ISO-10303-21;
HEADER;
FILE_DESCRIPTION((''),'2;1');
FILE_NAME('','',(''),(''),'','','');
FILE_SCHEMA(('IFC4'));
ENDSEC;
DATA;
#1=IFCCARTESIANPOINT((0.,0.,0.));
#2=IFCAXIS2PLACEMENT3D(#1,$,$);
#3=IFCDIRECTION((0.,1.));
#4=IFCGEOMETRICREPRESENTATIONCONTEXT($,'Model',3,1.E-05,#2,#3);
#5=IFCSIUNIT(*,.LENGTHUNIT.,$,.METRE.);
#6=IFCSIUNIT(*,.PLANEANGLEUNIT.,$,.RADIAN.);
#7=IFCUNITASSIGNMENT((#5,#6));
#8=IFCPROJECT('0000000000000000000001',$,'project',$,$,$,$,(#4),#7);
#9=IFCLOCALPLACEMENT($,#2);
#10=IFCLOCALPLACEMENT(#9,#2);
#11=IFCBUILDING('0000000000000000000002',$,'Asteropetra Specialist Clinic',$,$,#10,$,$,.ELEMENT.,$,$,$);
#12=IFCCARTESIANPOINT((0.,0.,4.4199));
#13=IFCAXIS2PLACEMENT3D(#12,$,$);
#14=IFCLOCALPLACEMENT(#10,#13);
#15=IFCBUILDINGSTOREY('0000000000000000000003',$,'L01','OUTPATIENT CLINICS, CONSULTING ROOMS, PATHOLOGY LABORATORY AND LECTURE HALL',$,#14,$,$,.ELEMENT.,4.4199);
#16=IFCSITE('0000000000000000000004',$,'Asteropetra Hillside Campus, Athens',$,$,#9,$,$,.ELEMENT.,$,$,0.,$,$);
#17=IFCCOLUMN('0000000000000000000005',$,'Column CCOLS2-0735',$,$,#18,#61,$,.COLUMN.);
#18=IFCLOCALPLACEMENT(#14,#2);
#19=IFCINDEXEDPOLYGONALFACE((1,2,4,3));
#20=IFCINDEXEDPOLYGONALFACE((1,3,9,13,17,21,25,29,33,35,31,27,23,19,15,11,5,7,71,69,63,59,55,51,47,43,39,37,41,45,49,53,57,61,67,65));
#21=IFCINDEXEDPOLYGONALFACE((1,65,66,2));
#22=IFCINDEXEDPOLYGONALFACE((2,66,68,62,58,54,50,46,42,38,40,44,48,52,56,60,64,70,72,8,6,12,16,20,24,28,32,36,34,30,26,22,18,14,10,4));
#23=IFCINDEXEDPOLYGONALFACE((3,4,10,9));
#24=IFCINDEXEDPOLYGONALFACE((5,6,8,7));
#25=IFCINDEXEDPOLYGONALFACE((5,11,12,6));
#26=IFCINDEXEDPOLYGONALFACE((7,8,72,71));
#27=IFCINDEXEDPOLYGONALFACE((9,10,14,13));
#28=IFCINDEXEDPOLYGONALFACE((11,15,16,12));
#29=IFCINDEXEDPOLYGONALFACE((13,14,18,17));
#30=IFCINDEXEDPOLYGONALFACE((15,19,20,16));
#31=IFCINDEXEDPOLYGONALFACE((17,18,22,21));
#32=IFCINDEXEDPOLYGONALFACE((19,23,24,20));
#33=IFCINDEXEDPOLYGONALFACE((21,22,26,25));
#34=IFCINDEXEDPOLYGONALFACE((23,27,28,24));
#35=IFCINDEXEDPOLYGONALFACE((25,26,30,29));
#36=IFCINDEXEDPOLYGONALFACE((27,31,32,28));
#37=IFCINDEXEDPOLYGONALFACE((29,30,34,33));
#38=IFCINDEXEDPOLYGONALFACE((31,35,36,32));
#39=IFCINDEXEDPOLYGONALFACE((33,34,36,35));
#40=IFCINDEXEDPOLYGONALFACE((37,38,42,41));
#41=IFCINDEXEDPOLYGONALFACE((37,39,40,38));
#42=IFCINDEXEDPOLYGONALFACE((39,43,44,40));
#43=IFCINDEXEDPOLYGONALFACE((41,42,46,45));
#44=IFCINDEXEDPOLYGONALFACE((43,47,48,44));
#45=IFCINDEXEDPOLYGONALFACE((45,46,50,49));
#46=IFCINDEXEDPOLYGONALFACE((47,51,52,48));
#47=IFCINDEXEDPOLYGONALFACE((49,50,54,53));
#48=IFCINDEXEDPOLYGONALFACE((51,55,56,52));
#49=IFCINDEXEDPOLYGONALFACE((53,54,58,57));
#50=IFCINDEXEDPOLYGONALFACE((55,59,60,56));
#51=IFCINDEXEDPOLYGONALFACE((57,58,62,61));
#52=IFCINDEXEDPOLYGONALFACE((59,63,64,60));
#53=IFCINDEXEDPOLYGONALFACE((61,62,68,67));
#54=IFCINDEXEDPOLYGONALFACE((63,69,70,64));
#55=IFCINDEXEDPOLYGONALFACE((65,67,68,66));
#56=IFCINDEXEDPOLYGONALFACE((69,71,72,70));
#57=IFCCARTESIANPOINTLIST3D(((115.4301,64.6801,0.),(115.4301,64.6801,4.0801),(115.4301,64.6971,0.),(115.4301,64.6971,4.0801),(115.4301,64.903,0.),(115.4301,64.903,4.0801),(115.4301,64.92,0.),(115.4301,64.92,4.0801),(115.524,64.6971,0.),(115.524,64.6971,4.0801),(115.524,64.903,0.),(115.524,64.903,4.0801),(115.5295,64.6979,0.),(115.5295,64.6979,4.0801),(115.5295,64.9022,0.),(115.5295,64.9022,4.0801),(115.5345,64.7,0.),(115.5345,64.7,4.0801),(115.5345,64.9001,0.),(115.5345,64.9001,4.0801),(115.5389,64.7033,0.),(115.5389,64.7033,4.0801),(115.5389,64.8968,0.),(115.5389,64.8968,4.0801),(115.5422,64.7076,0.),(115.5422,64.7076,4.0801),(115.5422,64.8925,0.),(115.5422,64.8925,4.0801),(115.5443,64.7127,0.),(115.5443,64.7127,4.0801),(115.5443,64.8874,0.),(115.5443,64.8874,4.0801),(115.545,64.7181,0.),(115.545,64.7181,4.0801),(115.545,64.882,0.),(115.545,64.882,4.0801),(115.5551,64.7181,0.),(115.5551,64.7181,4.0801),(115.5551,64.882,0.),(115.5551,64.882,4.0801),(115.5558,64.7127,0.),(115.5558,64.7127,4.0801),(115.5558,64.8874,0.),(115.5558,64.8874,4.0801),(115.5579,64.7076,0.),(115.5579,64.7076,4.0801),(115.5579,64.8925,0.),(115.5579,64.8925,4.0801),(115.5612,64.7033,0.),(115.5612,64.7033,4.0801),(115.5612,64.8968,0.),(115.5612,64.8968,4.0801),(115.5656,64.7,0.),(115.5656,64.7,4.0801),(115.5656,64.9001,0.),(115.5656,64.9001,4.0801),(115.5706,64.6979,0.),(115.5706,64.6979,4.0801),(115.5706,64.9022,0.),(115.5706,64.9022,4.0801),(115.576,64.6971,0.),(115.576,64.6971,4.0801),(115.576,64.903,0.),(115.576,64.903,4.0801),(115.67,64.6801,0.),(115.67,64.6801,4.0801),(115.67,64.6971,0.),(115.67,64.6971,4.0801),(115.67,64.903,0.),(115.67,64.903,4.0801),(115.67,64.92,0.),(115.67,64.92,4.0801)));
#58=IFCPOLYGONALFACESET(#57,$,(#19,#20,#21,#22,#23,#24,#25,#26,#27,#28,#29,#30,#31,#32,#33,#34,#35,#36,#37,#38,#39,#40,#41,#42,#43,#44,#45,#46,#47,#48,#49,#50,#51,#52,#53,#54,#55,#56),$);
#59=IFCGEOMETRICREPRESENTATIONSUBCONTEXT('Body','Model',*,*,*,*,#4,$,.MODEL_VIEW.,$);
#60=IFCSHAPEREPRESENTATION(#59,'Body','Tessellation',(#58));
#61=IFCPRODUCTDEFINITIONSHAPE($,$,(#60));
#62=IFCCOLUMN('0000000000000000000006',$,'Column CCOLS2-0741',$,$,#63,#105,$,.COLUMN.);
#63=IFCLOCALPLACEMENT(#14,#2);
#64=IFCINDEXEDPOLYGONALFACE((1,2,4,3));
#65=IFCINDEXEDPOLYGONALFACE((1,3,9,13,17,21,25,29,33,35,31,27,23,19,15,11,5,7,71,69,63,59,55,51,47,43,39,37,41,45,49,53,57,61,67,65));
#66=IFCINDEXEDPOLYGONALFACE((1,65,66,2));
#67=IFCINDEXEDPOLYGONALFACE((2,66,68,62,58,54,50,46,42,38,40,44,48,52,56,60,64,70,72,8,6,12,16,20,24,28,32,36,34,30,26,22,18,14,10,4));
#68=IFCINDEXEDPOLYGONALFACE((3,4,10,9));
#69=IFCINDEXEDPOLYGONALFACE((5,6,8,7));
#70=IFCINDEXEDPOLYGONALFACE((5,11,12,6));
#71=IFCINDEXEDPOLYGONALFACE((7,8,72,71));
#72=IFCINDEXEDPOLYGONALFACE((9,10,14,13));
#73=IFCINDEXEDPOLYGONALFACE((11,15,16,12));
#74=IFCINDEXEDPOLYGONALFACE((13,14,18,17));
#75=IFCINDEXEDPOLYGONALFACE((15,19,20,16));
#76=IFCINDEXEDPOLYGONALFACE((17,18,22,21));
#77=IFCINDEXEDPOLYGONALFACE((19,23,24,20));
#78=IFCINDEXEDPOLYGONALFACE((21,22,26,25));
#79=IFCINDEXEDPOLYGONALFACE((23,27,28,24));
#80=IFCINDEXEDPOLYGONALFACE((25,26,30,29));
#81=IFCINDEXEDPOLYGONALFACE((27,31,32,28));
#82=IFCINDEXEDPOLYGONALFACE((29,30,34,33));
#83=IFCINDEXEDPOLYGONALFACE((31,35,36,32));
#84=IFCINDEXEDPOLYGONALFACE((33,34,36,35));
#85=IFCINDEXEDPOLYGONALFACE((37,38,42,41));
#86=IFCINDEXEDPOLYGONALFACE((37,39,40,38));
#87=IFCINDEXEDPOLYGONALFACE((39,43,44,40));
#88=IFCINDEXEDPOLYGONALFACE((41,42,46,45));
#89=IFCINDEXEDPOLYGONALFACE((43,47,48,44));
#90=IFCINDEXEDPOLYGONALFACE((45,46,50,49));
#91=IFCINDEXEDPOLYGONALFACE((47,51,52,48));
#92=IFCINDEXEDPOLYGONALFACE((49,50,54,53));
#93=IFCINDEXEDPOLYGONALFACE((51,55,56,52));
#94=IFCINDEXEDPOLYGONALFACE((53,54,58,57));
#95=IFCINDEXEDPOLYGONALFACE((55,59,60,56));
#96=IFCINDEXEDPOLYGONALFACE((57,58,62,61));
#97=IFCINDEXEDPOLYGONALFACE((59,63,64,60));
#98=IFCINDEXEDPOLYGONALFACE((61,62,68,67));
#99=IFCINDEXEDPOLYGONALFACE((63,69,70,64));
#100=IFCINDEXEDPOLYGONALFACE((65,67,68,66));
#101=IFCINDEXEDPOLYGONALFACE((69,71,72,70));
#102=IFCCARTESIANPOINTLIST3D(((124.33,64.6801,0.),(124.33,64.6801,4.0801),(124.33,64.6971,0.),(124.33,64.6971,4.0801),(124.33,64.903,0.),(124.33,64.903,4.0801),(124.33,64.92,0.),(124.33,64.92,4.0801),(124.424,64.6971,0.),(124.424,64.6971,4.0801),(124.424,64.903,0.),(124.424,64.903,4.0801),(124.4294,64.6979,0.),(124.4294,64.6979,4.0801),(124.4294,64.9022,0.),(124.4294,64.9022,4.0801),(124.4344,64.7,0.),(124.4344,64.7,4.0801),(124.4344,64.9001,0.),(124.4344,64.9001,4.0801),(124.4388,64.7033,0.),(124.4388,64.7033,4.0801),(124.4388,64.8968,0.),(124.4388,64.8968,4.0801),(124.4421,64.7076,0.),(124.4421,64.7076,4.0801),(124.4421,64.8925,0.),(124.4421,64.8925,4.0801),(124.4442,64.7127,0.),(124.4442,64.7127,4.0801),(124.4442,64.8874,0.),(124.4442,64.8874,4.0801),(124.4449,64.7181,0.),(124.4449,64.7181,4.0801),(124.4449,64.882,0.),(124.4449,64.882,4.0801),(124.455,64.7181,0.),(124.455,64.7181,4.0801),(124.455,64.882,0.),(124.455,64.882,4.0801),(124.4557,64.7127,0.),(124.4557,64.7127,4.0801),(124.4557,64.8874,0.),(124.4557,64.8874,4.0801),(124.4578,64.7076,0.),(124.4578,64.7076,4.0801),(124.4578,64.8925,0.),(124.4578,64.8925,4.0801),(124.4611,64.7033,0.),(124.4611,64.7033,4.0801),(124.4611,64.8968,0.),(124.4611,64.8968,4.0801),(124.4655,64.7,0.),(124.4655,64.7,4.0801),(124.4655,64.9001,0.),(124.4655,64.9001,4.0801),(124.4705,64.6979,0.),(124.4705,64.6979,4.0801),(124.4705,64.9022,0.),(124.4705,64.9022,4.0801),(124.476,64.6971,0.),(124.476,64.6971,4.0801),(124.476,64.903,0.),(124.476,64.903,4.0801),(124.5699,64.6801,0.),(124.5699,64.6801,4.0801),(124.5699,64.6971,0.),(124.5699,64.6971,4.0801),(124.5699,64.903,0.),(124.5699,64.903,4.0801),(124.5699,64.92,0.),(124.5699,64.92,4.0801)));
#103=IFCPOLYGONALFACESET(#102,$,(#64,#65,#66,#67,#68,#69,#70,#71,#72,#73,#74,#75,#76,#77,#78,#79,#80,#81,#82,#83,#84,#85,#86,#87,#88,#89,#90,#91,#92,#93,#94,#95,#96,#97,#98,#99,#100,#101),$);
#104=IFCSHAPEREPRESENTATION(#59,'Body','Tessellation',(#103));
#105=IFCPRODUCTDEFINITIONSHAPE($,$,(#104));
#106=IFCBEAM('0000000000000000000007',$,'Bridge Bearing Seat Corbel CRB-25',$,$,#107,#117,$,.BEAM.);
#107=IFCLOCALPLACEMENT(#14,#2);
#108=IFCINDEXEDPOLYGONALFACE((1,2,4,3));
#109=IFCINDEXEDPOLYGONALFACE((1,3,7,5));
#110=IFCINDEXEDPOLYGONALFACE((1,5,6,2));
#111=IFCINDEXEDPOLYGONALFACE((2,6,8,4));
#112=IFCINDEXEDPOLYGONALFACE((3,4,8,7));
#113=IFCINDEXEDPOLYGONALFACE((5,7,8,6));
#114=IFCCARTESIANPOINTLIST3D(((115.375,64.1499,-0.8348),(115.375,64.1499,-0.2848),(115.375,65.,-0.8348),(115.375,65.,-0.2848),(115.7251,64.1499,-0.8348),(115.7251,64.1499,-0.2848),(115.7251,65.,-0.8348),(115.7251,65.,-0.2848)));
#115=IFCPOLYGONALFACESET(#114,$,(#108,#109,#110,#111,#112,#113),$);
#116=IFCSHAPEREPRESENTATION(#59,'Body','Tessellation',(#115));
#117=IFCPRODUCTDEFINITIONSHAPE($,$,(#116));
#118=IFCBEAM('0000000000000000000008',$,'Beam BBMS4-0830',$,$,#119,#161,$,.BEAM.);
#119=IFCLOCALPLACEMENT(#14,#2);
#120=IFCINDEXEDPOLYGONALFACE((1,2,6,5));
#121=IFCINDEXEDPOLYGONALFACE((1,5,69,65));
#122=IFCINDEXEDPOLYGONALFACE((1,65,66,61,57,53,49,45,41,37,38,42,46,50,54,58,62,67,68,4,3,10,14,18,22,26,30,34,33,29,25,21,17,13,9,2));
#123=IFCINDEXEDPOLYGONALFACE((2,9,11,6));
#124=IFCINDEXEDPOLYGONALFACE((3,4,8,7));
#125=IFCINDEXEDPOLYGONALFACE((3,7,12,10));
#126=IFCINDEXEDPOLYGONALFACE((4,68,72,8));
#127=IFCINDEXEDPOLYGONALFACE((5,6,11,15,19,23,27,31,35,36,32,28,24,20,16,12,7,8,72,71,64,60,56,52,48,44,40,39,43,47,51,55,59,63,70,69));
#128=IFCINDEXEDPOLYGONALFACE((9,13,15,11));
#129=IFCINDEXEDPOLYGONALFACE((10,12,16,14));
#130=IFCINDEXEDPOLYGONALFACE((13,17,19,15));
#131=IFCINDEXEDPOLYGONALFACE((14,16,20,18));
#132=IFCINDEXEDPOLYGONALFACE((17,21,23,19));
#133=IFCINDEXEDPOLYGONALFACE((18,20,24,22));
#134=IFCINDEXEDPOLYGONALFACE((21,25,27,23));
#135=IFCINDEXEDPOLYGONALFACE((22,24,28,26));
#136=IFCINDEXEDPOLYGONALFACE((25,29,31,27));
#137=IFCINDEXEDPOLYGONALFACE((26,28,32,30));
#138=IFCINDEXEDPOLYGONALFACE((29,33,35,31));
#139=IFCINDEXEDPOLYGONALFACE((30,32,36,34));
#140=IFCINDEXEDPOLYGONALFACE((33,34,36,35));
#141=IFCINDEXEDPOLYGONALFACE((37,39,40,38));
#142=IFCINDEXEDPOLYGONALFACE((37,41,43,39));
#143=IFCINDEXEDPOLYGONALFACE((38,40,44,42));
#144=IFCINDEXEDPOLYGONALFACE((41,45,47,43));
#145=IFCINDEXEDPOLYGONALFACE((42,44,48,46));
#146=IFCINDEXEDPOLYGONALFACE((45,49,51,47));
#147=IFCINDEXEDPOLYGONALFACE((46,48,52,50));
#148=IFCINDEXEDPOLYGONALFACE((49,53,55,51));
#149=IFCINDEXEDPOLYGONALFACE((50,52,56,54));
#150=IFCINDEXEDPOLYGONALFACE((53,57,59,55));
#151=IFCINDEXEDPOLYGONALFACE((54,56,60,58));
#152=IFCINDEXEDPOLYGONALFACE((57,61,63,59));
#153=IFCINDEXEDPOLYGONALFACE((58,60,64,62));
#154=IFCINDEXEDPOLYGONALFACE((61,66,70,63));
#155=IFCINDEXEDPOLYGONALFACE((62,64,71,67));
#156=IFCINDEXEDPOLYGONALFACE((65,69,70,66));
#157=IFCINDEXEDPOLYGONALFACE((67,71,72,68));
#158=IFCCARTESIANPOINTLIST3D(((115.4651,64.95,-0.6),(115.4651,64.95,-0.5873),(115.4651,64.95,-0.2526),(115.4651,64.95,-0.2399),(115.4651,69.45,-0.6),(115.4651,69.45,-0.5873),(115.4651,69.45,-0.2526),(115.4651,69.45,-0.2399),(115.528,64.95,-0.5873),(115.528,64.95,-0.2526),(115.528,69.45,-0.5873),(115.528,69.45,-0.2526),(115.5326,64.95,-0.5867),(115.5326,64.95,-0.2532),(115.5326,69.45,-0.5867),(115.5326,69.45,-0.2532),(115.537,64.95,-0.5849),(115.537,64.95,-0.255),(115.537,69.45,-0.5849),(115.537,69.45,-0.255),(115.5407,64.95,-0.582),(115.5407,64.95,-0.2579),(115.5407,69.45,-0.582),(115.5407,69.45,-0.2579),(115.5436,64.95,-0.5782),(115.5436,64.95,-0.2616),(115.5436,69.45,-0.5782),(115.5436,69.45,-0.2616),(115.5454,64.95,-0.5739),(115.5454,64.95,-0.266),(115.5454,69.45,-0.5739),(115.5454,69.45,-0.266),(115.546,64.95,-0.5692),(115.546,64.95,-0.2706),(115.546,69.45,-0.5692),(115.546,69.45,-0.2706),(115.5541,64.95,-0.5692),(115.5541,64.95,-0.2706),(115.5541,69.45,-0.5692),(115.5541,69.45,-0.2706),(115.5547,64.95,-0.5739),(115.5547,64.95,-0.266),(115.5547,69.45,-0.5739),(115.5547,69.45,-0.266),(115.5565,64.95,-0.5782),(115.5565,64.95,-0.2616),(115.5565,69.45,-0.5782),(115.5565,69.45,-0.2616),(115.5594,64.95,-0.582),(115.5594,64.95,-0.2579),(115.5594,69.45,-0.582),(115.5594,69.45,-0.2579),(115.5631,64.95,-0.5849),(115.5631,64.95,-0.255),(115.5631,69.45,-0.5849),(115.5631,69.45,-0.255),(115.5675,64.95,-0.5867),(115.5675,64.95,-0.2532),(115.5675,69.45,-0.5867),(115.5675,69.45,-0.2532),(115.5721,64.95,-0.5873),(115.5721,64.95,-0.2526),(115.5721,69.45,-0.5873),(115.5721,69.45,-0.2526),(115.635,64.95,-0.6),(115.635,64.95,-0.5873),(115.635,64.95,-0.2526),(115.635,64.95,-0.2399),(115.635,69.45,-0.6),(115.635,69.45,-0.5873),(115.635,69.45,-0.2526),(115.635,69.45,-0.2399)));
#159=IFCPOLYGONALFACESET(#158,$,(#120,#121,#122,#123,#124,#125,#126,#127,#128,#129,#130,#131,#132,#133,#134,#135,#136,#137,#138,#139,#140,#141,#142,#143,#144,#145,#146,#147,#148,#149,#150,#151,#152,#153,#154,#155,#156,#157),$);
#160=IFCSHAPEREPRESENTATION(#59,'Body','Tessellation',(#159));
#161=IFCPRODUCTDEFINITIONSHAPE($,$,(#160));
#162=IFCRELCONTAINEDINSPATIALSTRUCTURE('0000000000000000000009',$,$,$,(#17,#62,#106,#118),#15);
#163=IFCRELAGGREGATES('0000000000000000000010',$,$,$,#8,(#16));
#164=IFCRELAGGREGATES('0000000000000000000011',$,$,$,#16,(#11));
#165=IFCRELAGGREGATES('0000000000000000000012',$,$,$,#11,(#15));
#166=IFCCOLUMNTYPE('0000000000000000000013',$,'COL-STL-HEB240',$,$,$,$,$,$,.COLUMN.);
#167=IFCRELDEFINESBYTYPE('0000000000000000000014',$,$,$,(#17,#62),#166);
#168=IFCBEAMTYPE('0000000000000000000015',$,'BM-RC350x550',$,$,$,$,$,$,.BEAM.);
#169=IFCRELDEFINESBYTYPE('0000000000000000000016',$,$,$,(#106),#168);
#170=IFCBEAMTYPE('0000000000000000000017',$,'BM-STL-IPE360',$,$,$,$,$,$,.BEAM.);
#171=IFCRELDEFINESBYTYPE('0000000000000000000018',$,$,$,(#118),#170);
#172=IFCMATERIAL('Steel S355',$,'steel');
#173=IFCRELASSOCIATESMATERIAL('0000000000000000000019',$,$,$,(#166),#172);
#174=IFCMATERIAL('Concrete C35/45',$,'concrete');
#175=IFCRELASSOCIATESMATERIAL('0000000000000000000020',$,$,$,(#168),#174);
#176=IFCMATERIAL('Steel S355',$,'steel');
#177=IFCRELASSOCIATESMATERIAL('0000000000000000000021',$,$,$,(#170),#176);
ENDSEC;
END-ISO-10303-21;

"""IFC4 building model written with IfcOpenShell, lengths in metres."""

from ifc_helpers import new_model, si_unit, direction, frame, origin, origin_2d, place, context, subcontext, project, spatial, rectangle, i_section, extrude, material, material_profile, profile_set, type_object, element, save


model = new_model("IFC4")

# Units and contexts
model_context = context("Model", 3, precision=1e-05, world=origin(), true_north=direction((0.0, 1.0)))
body_context = subcontext(model_context, "Body", "Model", "MODEL_VIEW")
ifc_project = project(units=[si_unit("LENGTHUNIT", "METRE"), si_unit("PLANEANGLEUNIT", "RADIAN")], contexts=[model_context])

# Site, building, storey
site_placement = place(None, origin())
site = spatial("IfcSite", under=ifc_project, at=site_placement, Name="Asteropetra Hillside Campus, Athens", CompositionType="ELEMENT", RefElevation=0.0)
building_placement = place(site_placement, origin())
building = spatial("IfcBuilding", under=site, at=building_placement, Name="Asteropetra Specialist Clinic", CompositionType="ELEMENT")
storey_placement = place(building_placement, frame((0.0, 0.0, 4.4199)))
storey = spatial("IfcBuildingStorey", under=building, at=storey_placement, Name="L01", Description="OUTPATIENT CLINICS, CONSULTING ROOMS, PATHOLOGY LABORATORY AND LECTURE HALL", CompositionType="ELEMENT", Elevation=4.4199)

# Columns
ifc_material_1 = material(Name="Steel S355", Category="steel")
ifc_material_profile_1 = material_profile(ifc_material_1, i_section(OverallWidth=0.24, OverallDepth=0.24, WebThickness=0.01, FlangeThickness=0.0171, FilletRadius=0.021, at=origin_2d()), Name="HEB 240")
ifc_profile_set_1 = profile_set([ifc_material_profile_1], Name="Steel S355")
column_type = type_object("IfcColumnType", Name="COL-STL-HEB240", PredefinedType="COLUMN", material=ifc_profile_set_1)
for number, where, z_axis, x_axis, name in (
    (1, (115.55, 64.8, 0.0), (0.0, 0.0, 1.0), (1.0, 0.0, 0.0), "Column CCOLS2-0735"),
    (2, (124.45, 64.8, 0.0), (0.0, 0.0, 1.0), (1.0, 0.0, 0.0), "Column CCOLS2-0741"),
):
    element("IfcColumn", number, at=place(storey_placement, frame(where, z_axis=z_axis, x_axis=x_axis)), inside=storey, type_object=column_type, Name=name, PredefinedType="COLUMN", context=body_context, shape_type="SweptSolid", body=[
        extrude(i_section(OverallWidth=0.24, OverallDepth=0.24, WebThickness=0.01, FlangeThickness=0.0171, FilletRadius=0.021, at=origin_2d()), origin(), (0.0, 0.0, 1.0), 4.0801),
    ])

# Beams
ifc_material_2 = material(Name="Concrete C35/45", Category="concrete")
ifc_material_profile_2 = material_profile(ifc_material_2, rectangle(XDim=0.3501, YDim=0.55, at=origin_2d()), Name="RCB 350x550")
ifc_profile_set_2 = profile_set([ifc_material_profile_2], Name="Concrete C35/45")
beam_type_1 = type_object("IfcBeamType", Name="BM-RC350x550", PredefinedType="BEAM", material=ifc_profile_set_2)
beam_1_placement = place(storey_placement, frame((115.55, 65.0, -0.5598), z_axis=(0.0, -1.0, 0.0), x_axis=(1.0, 0.0, 0.0)))
element("IfcBeam", 3, at=beam_1_placement, inside=storey, type_object=beam_type_1, Name="Bridge Bearing Seat Corbel CRB-25", PredefinedType="BEAM", context=body_context, shape_type="SweptSolid", body=[
    extrude(rectangle(XDim=0.3501, YDim=0.55, at=origin_2d()), origin(), (0.0, 0.0, 1.0), 0.8501),
])
ifc_material_3 = material(Name="Steel S355", Category="steel")
ifc_material_profile_3 = material_profile(ifc_material_3, i_section(OverallWidth=0.1699, OverallDepth=0.3601, WebThickness=0.0081, FlangeThickness=0.0127, FilletRadius=0.0181, at=origin_2d()), Name="IPE 360")
ifc_profile_set_3 = profile_set([ifc_material_profile_3], Name="Steel S355")
beam_type_2 = type_object("IfcBeamType", Name="BM-STL-IPE360", PredefinedType="BEAM", material=ifc_profile_set_3)
for number, where, z_axis, x_axis, name in (
    (4, (115.55, 64.95, -0.4199), (0.0, 1.0, 0.0), (-1.0, 0.0, 0.0), "Beam BBMS4-0830"),
):
    element("IfcBeam", number, at=place(storey_placement, frame(where, z_axis=z_axis, x_axis=x_axis)), inside=storey, type_object=beam_type_2, Name=name, PredefinedType="BEAM", context=body_context, shape_type="SweptSolid", body=[
        extrude(i_section(OverallWidth=0.1699, OverallDepth=0.3601, WebThickness=0.0081, FlangeThickness=0.0127, FilletRadius=0.0181, at=origin_2d()), origin(), (0.0, 0.0, 1.0), 4.5),
    ])

save(model, "model.ifc")
